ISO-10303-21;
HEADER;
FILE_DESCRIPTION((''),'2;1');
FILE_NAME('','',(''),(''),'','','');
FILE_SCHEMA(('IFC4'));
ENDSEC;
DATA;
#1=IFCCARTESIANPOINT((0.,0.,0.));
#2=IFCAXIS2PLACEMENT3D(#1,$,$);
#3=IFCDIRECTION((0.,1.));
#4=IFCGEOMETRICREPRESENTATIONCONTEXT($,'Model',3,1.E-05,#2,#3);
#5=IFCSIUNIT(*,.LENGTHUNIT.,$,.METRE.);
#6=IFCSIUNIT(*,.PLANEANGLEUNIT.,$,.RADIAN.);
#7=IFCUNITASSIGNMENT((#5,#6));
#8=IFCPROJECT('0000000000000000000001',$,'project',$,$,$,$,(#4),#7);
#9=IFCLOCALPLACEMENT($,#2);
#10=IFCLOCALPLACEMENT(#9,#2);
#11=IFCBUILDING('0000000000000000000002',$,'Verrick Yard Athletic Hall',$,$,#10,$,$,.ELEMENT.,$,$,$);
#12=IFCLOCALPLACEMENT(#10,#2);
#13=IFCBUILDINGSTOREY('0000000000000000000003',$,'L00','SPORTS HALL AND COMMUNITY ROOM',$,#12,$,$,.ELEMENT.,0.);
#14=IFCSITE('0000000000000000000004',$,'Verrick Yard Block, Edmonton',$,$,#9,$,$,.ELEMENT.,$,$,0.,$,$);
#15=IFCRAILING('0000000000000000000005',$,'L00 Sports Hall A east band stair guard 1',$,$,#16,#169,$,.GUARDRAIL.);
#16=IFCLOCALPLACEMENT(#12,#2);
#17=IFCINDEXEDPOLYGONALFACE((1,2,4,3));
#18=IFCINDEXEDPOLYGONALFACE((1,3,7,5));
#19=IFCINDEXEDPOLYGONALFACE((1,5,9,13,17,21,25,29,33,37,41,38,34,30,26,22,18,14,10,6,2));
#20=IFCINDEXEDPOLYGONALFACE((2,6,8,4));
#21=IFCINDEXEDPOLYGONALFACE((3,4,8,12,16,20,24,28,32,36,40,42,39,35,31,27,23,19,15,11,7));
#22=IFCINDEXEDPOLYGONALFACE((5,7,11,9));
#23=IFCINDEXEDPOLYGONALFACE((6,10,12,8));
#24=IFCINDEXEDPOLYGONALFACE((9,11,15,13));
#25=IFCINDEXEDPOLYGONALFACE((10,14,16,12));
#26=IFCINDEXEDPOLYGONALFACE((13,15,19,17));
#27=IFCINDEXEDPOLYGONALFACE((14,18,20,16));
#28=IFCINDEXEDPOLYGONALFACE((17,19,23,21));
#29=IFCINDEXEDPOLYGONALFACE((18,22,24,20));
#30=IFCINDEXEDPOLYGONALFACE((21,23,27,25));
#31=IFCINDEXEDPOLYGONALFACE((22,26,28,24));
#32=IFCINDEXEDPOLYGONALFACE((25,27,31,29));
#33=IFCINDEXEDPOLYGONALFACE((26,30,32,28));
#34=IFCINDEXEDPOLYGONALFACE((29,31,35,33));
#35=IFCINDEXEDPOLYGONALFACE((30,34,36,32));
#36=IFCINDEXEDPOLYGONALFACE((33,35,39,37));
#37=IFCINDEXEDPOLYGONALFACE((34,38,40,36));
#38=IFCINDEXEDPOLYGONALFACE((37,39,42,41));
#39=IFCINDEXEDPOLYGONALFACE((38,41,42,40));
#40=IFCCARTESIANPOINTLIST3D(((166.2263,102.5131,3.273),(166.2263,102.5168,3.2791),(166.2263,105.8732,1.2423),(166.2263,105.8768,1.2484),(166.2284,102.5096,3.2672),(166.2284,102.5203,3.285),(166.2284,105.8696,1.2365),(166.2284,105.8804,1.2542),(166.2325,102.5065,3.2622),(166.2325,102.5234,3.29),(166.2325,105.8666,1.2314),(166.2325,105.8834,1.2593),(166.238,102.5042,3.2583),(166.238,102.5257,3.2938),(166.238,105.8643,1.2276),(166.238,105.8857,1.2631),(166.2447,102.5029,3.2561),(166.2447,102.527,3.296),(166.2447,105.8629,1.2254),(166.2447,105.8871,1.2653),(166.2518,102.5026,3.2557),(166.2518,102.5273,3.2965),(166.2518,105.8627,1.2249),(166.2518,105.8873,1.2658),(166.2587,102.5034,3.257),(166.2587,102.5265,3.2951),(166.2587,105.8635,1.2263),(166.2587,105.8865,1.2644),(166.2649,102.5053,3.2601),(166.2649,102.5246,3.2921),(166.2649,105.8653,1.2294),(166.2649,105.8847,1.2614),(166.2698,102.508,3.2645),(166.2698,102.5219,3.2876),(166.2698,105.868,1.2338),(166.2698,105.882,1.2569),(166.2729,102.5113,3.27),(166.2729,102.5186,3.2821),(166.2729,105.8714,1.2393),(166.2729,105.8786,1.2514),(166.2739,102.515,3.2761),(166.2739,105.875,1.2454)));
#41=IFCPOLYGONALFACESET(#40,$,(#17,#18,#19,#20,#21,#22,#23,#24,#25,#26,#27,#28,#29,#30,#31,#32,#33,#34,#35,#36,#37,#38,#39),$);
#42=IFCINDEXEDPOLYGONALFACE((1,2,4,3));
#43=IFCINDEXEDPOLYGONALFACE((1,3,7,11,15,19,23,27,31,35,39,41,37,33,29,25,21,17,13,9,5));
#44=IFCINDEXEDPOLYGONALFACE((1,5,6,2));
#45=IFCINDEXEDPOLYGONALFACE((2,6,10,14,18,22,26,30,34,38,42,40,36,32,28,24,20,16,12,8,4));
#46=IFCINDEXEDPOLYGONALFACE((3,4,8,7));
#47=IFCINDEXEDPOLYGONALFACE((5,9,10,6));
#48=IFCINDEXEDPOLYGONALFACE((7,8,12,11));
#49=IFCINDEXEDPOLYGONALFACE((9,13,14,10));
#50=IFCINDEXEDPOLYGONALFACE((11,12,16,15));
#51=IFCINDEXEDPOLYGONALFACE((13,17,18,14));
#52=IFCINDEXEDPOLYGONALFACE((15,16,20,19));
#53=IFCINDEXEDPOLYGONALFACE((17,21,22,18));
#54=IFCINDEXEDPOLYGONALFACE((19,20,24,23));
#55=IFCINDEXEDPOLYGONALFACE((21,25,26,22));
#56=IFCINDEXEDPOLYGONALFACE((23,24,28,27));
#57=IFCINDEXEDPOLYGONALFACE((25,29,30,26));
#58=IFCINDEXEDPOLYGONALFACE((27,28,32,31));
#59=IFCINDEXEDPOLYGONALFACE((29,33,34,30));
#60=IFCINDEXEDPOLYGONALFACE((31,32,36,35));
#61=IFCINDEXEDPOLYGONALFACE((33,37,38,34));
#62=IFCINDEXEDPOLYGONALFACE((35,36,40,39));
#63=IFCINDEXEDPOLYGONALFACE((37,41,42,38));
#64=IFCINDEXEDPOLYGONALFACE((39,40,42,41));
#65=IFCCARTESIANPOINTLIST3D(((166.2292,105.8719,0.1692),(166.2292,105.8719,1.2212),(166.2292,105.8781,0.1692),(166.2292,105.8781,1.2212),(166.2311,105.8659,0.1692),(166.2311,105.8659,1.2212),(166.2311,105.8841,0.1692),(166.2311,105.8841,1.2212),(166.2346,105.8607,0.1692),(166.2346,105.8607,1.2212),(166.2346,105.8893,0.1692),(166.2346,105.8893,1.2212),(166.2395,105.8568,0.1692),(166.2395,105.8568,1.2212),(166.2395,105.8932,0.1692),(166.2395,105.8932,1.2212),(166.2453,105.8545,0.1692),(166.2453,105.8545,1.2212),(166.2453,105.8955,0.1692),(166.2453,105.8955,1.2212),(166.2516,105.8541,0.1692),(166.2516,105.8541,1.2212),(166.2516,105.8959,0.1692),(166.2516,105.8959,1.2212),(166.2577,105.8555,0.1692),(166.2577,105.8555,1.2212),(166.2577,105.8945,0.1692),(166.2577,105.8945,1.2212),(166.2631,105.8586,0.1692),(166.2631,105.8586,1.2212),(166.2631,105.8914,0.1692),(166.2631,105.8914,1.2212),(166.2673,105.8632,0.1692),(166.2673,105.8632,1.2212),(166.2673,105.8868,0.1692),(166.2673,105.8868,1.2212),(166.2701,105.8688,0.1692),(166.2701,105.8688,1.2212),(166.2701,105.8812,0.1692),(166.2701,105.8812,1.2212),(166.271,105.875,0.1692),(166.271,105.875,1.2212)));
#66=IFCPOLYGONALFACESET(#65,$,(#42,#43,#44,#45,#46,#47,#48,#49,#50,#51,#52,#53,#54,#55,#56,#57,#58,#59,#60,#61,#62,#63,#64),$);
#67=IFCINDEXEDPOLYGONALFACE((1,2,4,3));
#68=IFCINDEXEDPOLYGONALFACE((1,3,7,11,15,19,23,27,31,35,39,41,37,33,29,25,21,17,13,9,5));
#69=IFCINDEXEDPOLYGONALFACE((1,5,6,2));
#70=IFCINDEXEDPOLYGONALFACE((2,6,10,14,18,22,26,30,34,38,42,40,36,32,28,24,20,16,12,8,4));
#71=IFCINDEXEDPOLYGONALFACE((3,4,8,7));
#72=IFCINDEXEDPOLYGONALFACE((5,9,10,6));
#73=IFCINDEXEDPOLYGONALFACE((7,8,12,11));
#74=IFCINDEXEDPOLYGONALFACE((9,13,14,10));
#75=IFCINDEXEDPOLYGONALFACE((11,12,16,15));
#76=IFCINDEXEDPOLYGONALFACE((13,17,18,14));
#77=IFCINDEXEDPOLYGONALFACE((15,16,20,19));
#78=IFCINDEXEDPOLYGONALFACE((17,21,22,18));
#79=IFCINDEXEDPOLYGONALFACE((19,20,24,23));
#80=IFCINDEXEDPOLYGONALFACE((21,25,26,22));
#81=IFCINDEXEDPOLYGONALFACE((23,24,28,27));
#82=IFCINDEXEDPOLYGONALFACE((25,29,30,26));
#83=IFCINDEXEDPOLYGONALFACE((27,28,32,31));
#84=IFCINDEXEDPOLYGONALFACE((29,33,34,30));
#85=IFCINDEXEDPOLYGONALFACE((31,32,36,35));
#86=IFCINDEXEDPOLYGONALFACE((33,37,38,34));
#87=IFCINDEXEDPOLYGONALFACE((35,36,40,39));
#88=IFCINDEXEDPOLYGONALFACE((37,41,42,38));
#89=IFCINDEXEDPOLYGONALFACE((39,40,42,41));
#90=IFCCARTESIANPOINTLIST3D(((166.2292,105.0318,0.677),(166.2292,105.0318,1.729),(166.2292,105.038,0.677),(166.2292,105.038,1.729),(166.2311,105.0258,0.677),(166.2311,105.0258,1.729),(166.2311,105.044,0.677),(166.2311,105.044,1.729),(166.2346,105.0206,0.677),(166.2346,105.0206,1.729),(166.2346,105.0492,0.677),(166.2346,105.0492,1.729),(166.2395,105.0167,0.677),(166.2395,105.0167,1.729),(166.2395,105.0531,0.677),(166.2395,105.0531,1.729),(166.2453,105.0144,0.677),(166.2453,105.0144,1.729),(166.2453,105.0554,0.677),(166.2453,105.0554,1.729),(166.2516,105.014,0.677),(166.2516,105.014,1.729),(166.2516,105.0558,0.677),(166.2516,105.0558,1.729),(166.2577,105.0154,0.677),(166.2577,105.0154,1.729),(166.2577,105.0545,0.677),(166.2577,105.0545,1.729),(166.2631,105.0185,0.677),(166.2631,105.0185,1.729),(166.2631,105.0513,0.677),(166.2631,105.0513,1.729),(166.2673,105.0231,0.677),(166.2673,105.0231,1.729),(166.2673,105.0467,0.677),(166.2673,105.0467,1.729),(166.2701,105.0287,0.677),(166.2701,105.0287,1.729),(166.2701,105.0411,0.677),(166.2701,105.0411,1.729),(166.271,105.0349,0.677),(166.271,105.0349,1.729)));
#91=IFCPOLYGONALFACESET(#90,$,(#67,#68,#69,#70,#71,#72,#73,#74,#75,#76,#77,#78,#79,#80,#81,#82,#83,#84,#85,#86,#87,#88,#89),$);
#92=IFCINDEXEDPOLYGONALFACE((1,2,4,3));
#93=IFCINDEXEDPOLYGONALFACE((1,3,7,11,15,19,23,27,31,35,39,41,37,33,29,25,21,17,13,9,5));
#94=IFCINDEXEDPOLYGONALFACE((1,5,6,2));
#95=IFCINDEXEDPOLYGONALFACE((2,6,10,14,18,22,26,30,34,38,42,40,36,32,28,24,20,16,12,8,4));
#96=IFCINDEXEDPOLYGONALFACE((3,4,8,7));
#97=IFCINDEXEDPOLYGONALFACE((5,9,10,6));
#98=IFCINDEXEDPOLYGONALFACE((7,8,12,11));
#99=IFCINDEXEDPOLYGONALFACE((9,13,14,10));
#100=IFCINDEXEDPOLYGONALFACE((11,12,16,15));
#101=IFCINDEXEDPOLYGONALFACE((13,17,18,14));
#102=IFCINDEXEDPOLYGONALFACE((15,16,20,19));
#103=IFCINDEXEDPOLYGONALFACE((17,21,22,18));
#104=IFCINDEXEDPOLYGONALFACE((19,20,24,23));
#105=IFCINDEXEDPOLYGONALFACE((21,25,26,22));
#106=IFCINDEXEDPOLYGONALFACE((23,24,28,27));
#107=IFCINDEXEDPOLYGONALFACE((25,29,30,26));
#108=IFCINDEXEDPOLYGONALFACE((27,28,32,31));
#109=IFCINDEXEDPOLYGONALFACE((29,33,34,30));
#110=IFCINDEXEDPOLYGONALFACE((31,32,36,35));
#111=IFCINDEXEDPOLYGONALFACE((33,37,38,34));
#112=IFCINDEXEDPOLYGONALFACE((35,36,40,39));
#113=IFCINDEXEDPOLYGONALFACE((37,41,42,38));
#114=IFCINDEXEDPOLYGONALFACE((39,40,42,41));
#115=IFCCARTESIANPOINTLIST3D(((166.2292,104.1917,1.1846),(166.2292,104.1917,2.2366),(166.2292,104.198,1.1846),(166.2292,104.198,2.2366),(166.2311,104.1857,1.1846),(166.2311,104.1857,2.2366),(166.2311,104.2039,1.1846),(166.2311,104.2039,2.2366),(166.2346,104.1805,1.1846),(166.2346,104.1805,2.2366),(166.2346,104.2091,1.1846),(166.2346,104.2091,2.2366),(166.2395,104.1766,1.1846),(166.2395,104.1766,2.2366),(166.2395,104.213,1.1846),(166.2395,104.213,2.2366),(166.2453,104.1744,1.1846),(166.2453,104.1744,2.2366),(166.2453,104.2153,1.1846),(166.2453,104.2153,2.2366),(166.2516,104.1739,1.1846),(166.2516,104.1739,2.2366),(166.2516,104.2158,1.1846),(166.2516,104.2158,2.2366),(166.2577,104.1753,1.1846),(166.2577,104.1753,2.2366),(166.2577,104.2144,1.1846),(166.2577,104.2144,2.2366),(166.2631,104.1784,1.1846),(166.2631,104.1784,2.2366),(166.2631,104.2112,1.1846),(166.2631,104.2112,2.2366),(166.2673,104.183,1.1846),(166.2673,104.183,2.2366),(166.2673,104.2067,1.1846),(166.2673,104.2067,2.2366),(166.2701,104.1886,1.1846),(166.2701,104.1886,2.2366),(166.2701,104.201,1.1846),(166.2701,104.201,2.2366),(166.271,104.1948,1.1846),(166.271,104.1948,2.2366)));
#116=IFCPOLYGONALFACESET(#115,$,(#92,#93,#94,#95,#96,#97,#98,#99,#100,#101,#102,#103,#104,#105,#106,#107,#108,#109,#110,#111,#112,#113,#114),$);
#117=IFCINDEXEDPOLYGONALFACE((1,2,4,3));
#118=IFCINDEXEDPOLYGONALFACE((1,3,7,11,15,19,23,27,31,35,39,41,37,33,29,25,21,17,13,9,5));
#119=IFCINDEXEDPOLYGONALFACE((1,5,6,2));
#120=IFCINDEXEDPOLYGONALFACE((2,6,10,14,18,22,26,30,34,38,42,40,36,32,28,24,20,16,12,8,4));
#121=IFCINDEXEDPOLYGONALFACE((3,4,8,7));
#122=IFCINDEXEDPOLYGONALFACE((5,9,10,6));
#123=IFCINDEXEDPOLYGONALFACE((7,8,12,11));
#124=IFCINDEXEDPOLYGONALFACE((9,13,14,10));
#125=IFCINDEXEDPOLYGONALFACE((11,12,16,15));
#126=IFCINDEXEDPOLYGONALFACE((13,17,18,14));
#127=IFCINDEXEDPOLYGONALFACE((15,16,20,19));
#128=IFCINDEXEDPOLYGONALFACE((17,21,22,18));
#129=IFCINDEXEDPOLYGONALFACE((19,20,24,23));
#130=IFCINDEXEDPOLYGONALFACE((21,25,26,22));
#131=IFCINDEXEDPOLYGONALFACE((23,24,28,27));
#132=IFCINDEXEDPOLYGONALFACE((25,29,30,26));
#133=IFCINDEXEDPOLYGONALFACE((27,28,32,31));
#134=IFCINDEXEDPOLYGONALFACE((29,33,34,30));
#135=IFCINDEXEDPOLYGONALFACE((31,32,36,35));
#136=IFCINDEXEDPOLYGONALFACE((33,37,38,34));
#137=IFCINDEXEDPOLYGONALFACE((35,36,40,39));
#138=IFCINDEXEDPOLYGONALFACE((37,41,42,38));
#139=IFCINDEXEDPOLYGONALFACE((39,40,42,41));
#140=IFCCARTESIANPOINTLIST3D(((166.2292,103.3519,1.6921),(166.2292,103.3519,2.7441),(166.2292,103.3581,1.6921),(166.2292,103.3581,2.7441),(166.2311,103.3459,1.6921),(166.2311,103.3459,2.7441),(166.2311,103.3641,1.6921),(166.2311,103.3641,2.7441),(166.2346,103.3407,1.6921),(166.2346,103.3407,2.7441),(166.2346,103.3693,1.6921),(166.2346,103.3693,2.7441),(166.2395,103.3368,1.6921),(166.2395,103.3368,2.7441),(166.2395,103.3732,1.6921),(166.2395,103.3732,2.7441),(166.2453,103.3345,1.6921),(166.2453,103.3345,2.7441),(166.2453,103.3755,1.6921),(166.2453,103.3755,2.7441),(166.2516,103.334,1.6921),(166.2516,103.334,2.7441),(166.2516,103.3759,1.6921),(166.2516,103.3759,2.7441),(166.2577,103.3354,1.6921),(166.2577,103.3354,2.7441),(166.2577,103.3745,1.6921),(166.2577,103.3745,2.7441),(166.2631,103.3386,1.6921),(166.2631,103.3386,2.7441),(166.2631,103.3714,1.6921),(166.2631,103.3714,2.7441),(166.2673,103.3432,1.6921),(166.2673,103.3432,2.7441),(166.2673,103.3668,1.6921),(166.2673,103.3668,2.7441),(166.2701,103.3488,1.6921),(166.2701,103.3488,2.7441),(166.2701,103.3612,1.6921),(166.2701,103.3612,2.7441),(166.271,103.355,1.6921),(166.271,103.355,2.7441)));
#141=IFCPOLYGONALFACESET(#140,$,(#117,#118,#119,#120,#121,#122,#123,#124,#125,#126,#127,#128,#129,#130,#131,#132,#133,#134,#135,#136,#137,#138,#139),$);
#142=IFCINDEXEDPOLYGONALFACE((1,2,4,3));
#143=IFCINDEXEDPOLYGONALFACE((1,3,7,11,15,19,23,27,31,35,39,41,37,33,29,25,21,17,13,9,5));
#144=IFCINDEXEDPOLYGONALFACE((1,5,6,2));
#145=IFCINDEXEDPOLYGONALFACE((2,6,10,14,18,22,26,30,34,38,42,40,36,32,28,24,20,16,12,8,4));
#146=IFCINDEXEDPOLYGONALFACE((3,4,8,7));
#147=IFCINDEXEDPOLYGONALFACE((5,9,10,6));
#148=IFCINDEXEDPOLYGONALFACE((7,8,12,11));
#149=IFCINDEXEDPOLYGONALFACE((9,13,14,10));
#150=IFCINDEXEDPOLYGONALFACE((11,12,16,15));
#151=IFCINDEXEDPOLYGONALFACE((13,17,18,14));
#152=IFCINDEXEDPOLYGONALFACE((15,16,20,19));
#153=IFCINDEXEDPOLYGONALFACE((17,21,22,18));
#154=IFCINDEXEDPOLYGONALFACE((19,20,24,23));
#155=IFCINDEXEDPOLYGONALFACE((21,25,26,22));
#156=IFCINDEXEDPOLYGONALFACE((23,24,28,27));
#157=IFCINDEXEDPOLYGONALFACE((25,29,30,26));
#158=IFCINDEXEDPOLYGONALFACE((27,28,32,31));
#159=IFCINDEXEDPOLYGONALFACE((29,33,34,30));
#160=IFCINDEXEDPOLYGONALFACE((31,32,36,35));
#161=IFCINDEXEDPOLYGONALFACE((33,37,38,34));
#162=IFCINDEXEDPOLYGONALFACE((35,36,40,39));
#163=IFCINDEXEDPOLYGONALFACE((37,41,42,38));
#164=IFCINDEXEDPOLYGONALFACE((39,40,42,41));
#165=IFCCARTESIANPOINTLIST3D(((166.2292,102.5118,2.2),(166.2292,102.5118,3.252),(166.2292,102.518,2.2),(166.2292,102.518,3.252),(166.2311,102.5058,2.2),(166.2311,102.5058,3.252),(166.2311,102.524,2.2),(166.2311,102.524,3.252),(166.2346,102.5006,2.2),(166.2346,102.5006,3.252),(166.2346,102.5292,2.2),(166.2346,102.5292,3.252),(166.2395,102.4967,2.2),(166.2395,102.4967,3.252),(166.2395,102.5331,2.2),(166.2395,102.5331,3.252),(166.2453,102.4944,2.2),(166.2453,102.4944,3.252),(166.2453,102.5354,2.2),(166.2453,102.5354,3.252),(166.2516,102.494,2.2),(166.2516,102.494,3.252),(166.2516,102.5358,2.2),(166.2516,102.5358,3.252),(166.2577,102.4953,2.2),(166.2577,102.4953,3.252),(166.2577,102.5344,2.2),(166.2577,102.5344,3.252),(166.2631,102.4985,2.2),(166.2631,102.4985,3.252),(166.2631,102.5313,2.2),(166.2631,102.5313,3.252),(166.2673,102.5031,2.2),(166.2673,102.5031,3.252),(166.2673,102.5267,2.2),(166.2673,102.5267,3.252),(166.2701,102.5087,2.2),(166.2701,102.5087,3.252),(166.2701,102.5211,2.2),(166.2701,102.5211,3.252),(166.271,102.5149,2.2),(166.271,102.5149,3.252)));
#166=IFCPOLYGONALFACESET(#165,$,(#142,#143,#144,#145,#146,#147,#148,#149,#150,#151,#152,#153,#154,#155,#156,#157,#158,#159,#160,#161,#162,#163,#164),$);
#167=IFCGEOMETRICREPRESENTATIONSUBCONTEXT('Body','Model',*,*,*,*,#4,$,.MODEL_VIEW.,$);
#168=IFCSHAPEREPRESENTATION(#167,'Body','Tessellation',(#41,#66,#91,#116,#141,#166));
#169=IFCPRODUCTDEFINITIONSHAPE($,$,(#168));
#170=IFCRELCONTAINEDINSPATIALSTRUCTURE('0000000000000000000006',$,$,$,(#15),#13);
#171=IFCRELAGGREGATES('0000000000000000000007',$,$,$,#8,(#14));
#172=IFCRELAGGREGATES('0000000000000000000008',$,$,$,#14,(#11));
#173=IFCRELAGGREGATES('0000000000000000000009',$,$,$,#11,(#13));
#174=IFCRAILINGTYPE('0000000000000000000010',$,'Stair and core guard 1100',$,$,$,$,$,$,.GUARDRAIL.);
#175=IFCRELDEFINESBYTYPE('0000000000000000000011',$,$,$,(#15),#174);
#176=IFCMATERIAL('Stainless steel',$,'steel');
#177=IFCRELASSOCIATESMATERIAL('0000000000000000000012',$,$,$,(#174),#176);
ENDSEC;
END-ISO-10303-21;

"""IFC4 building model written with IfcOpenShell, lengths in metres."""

from ifc_helpers import new_model, si_unit, direction, frame, origin, origin_2d, place, context, subcontext, project, spatial, circle, extrude, material, type_object, element, save


model = new_model("IFC4")

# Units and contexts
model_context = context("Model", 3, precision=1e-05, world=origin(), true_north=direction((0.0, 1.0)))
body_context = subcontext(model_context, "Body", "Model", "MODEL_VIEW")
ifc_project = project(units=[si_unit("LENGTHUNIT", "METRE"), si_unit("PLANEANGLEUNIT", "RADIAN")], contexts=[model_context])

# Site, building, storey
site_placement = place(None, origin())
site = spatial("IfcSite", under=ifc_project, at=site_placement, Name="Verrick Yard Block, Edmonton", CompositionType="ELEMENT", RefElevation=0.0)
building_placement = place(site_placement, origin())
building = spatial("IfcBuilding", under=site, at=building_placement, Name="Verrick Yard Athletic Hall", CompositionType="ELEMENT")
storey_placement = place(building_placement, origin())
storey = spatial("IfcBuildingStorey", under=building, at=storey_placement, Name="L00", Description="SPORTS HALL AND COMMUNITY ROOM", CompositionType="ELEMENT", Elevation=0.0)

# Railing
ifc_material_1 = material(Name="Stainless steel", Category="steel")
railing_type_1 = type_object("IfcRailingType", Name="Stair and core guard 1100", PredefinedType="GUARDRAIL", material=ifc_material_1)
railing_1_placement = place(storey_placement, frame((166.25, 105.875, 0.1692)))
element("IfcRailing", 1, at=railing_1_placement, inside=storey, type_object=railing_type_1, Name="L00 Sports Hall A east band stair guard 1", PredefinedType="GUARDRAIL", context=body_context, shape_type="SweptSolid", body=[
    extrude(circle(Radius=0.0239, at=origin_2d()), frame((0.0, 0.0, 1.0762), z_axis=(0.0, -0.855837, 0.517246), x_axis=(1.0, 0.0, 0.0)), (0.0, 0.0, 1.0), 3.926),
    extrude(circle(Radius=0.021, at=origin_2d()), origin(), (0.0, 0.0, 1.0), 1.052),
    extrude(circle(Radius=0.021, at=origin_2d()), frame((0.0, -0.8401, 0.5078)), (0.0, 0.0, 1.0), 1.052),
    extrude(circle(Radius=0.021, at=origin_2d()), frame((0.0, -1.6802, 1.0154)), (0.0, 0.0, 1.0), 1.052),
    extrude(circle(Radius=0.021, at=origin_2d()), frame((0.0, -2.52, 1.5229)), (0.0, 0.0, 1.0), 1.052),
    extrude(circle(Radius=0.021, at=origin_2d()), frame((0.0, -3.3601, 2.0308)), (0.0, 0.0, 1.0), 1.052),
])

save(model, "model.ifc")
